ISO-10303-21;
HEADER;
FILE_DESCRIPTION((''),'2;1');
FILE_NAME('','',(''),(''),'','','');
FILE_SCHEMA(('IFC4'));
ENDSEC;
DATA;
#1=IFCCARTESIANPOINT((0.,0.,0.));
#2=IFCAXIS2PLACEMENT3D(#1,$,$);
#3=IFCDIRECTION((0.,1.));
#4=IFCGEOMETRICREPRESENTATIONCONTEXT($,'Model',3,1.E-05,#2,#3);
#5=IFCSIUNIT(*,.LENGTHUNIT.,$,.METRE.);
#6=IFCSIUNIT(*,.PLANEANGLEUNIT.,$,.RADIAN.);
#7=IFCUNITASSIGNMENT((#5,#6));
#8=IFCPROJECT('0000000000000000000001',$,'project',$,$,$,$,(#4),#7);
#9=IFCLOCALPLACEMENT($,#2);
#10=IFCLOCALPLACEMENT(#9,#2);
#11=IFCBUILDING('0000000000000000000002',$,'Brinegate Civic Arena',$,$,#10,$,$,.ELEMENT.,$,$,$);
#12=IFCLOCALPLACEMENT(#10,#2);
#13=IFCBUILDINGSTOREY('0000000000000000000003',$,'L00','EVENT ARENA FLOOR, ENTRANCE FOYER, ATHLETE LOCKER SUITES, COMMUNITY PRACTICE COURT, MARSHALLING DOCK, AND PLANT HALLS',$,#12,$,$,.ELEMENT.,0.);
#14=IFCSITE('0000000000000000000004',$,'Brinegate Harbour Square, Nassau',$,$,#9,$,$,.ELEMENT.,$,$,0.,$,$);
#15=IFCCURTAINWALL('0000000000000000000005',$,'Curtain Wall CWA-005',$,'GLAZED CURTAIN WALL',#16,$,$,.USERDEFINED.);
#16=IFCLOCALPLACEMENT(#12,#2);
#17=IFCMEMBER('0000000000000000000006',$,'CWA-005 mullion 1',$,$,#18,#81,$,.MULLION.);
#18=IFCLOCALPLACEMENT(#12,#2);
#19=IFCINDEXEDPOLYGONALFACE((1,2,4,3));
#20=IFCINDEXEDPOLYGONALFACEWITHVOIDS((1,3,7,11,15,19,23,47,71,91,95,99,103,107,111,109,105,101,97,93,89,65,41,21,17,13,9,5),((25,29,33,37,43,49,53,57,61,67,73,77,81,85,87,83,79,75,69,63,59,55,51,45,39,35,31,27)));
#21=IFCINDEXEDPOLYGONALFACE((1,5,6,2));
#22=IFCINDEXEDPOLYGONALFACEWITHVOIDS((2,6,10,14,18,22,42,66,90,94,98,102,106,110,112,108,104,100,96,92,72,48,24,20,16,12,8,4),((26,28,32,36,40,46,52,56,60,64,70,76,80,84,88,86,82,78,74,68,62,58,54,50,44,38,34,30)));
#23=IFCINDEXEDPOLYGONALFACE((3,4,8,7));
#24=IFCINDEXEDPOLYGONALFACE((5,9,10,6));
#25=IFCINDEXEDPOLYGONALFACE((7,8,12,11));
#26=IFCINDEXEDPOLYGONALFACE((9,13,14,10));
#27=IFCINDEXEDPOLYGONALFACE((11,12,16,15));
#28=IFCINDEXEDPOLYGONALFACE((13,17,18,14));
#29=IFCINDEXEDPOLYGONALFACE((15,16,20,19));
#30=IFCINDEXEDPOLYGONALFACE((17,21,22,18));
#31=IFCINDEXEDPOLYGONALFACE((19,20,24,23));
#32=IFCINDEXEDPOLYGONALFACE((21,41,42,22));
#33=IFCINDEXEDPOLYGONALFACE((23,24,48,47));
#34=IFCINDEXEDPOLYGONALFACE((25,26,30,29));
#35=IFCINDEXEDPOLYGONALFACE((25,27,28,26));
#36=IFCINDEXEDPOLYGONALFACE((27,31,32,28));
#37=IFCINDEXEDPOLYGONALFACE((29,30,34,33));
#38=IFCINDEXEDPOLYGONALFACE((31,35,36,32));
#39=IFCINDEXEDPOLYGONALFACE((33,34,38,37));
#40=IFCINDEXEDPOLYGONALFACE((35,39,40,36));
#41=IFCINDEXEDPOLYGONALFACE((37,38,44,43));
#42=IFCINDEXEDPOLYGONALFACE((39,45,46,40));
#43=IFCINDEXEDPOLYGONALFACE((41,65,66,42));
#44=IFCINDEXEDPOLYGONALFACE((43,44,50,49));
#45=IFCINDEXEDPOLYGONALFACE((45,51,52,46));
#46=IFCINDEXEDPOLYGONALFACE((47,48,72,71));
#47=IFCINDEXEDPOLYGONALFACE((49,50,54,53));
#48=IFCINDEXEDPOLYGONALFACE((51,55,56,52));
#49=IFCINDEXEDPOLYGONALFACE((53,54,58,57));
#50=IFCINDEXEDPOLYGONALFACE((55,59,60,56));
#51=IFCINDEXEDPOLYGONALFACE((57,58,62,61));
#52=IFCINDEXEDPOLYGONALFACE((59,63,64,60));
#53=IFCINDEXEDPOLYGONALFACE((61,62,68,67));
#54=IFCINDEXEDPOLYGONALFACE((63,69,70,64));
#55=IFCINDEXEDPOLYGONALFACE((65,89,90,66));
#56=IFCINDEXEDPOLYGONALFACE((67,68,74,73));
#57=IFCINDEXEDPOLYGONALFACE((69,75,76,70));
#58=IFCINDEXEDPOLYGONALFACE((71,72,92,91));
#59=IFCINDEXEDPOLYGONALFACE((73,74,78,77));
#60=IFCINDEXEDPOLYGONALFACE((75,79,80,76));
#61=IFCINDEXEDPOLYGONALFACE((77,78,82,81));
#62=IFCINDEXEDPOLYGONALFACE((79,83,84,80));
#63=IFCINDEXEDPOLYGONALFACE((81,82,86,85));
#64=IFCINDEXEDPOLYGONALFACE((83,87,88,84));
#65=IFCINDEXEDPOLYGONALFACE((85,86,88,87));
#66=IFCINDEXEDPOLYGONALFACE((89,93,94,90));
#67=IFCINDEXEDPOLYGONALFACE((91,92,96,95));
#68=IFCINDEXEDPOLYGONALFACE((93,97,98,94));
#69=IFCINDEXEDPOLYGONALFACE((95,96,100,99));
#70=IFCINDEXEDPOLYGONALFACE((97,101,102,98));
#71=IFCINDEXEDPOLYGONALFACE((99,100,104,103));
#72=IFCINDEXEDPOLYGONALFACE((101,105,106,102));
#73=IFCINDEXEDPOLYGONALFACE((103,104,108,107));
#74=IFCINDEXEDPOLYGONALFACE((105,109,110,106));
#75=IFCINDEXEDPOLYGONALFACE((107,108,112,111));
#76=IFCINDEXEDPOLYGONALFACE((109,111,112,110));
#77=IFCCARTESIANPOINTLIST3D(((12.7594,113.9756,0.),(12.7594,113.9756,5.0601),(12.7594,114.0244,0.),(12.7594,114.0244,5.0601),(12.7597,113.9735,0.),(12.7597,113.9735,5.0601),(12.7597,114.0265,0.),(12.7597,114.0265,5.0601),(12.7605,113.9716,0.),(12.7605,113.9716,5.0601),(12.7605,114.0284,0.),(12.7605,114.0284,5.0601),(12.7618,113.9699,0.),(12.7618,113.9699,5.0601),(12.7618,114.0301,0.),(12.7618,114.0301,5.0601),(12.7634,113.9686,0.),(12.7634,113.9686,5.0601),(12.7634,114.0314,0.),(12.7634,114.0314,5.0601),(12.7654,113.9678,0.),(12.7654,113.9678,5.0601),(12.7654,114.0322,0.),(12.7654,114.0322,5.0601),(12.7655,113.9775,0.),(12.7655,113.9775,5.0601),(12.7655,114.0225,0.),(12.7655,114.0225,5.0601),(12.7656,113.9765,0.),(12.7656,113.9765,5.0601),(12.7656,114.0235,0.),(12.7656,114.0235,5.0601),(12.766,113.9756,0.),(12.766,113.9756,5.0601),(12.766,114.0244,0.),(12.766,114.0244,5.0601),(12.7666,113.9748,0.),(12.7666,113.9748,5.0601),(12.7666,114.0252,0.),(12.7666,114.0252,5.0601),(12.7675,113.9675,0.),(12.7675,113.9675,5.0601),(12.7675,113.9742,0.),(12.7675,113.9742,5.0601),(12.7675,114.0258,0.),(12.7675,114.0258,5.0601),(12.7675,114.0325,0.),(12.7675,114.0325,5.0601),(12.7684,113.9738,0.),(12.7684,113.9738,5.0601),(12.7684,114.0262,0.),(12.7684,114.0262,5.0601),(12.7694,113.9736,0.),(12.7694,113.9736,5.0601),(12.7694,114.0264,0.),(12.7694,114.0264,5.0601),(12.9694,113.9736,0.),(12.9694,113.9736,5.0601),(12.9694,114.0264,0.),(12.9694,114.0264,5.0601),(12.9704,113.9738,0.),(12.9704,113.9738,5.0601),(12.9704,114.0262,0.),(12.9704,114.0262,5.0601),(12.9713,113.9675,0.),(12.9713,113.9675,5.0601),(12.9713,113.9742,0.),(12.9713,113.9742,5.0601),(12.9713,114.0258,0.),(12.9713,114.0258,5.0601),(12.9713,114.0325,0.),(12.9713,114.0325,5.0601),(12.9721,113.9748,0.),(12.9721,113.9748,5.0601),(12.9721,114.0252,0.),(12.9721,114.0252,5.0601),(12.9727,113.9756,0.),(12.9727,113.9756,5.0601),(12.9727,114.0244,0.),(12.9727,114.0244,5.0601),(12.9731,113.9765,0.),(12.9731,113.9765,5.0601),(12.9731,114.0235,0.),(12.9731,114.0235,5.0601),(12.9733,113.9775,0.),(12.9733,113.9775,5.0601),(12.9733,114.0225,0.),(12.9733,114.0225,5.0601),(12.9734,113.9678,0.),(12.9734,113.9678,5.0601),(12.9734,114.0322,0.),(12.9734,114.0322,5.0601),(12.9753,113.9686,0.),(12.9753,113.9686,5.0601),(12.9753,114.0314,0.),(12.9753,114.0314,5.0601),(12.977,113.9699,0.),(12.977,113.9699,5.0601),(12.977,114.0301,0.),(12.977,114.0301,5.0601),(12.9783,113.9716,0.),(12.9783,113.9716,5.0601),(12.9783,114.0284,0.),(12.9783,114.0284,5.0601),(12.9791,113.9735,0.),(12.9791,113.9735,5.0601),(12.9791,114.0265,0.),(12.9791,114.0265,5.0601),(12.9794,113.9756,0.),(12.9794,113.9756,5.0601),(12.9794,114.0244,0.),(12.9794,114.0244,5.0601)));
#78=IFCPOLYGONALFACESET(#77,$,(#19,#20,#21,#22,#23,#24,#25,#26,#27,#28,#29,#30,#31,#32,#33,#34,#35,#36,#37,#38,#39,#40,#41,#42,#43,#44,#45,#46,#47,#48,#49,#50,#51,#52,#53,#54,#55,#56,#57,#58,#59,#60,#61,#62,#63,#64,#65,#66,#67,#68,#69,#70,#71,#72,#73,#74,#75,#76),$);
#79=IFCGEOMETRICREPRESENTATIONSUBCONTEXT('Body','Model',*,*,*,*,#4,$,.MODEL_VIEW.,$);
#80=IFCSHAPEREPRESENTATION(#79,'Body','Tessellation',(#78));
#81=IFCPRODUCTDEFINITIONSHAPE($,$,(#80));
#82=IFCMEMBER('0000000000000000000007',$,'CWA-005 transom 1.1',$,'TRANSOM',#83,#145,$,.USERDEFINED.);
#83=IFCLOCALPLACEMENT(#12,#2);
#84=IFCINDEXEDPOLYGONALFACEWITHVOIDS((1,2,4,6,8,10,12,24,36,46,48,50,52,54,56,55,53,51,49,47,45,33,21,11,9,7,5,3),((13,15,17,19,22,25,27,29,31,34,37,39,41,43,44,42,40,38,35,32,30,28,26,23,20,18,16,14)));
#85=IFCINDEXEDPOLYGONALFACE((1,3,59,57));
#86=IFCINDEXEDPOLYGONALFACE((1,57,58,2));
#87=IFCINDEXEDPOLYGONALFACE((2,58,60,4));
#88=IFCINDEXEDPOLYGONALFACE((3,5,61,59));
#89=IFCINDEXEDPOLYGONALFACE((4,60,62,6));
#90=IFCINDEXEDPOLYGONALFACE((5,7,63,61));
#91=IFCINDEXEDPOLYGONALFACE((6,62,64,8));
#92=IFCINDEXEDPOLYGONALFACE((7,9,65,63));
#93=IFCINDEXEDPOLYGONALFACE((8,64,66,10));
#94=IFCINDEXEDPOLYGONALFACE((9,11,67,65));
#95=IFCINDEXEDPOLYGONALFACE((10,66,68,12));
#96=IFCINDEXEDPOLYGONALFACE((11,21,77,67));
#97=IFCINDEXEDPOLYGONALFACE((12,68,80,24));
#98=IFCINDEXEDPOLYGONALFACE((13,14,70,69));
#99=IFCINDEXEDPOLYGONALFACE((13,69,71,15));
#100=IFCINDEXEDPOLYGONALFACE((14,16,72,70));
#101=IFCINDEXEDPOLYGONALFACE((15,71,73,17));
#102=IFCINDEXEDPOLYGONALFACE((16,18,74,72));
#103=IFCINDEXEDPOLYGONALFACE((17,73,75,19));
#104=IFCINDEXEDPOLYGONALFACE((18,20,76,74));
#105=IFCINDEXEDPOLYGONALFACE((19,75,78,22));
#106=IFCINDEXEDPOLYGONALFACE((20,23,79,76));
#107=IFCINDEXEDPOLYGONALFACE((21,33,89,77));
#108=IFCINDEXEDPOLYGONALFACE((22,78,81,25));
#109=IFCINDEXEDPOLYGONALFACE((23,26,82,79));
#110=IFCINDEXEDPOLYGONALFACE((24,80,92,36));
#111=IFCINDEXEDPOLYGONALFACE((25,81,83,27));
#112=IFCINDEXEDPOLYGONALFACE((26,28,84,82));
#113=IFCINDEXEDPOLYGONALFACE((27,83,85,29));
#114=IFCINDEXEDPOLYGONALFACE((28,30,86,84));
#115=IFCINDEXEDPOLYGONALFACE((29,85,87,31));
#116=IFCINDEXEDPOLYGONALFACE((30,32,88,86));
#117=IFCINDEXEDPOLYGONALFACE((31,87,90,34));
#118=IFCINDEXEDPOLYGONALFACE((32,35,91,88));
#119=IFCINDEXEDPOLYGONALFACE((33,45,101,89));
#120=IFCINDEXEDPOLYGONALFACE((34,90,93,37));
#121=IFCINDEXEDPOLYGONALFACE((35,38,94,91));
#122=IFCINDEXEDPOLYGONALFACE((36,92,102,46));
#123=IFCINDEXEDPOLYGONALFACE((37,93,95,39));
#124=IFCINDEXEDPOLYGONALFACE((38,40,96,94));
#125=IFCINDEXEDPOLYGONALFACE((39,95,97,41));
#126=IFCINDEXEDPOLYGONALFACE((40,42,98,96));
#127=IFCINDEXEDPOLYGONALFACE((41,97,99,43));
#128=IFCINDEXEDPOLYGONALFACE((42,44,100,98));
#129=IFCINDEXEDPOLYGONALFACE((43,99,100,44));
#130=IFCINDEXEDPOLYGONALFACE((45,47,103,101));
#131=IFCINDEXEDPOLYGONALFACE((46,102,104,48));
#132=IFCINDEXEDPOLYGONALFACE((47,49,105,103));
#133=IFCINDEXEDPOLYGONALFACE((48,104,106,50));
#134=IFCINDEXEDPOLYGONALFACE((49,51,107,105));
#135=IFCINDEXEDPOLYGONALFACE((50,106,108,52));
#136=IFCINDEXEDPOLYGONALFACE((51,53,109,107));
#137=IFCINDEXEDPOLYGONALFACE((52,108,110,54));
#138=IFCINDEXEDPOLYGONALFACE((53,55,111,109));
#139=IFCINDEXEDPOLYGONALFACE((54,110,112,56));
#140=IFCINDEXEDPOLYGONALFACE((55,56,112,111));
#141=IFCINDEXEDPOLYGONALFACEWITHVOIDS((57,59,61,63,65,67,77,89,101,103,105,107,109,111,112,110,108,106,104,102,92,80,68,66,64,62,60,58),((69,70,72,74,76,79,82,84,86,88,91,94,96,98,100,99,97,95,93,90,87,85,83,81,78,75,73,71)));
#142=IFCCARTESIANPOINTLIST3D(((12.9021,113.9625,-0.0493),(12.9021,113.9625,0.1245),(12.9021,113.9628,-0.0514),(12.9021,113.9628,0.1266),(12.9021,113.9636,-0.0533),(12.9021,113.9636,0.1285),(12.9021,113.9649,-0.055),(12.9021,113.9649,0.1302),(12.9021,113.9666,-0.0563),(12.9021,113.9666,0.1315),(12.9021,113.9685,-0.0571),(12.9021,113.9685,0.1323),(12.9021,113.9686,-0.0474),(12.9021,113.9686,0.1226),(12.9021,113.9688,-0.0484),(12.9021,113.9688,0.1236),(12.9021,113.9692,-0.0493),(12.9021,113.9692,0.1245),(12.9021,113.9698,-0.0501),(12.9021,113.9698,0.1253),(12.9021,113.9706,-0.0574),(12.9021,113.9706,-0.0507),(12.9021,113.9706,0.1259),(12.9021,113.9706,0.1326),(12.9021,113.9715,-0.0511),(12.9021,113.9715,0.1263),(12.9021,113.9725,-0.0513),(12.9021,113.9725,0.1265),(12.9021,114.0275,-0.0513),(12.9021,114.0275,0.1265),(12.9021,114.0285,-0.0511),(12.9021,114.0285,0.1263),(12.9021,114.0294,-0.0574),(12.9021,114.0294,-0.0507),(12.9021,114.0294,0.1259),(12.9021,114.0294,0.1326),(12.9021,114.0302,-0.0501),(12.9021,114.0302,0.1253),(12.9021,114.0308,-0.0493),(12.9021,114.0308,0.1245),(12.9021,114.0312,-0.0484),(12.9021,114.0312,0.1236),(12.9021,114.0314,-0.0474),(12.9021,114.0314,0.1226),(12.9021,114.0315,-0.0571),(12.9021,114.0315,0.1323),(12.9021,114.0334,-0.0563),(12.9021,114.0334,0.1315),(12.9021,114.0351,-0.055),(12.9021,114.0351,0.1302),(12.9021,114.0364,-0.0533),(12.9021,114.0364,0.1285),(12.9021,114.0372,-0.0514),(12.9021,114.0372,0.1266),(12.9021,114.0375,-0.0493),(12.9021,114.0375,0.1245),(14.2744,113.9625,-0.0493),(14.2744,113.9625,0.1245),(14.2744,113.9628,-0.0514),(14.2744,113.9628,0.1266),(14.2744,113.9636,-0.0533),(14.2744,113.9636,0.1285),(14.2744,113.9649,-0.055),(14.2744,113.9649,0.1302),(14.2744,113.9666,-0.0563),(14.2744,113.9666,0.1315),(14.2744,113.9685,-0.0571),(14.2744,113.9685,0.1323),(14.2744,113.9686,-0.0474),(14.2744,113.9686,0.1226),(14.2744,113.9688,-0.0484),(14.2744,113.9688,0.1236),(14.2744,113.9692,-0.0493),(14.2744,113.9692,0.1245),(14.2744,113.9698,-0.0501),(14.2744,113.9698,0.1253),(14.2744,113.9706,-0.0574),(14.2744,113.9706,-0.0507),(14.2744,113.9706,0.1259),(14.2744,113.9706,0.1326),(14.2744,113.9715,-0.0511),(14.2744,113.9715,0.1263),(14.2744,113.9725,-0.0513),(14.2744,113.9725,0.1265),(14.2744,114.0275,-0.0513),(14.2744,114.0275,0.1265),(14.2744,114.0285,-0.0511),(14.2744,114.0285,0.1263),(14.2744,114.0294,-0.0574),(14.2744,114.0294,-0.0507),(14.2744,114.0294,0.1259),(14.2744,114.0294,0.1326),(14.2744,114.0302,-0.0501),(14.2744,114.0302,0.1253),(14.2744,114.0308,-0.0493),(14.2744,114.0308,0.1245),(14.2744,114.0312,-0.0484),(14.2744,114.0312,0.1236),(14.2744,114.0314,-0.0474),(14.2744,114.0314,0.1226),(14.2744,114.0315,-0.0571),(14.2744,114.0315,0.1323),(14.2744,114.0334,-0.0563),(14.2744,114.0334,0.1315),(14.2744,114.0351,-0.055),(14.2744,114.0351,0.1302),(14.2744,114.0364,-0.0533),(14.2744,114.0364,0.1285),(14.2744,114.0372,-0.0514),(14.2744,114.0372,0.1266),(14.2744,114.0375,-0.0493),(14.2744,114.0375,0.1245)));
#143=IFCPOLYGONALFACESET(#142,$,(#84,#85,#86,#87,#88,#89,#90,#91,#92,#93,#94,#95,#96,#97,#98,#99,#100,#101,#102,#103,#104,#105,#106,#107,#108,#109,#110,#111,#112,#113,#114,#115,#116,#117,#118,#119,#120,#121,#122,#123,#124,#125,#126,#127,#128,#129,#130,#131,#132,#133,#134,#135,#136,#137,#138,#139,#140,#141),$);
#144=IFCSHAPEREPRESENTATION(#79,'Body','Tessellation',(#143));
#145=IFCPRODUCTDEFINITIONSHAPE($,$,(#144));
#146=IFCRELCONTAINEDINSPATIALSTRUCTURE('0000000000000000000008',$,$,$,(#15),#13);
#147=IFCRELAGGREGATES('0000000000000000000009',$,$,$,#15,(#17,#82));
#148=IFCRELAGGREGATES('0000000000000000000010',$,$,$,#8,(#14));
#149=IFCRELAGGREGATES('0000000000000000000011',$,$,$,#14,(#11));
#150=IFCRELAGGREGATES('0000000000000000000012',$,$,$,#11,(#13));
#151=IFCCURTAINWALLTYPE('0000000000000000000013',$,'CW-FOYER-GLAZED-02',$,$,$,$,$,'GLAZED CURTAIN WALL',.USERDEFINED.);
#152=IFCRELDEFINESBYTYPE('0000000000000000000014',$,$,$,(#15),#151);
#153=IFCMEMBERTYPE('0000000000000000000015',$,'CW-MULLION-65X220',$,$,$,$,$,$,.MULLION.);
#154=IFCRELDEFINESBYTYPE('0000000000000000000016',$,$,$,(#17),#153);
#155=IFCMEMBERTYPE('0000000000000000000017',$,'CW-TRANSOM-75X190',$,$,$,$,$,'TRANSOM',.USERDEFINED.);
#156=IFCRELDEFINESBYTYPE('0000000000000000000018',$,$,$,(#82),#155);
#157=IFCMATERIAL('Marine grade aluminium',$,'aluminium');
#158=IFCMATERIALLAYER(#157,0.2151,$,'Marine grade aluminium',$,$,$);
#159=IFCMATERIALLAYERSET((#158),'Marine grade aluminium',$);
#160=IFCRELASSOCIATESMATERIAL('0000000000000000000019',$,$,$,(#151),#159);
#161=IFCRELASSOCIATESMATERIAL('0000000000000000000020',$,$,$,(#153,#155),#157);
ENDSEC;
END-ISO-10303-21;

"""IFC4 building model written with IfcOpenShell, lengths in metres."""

from ifc_helpers import new_model, si_unit, direction, frame, origin, origin_2d, place, context, subcontext, project, spatial, hollow_rectangle, extrude, material, layer, layer_set, material_profile, profile_set, type_object, element, aggregate, save


model = new_model("IFC4")

# Units and contexts
model_context = context("Model", 3, precision=1e-05, world=origin(), true_north=direction((0.0, 1.0)))
body_context = subcontext(model_context, "Body", "Model", "MODEL_VIEW")
ifc_project = project(units=[si_unit("LENGTHUNIT", "METRE"), si_unit("PLANEANGLEUNIT", "RADIAN")], contexts=[model_context])

# Site, building, storey
site_placement = place(None, origin())
site = spatial("IfcSite", under=ifc_project, at=site_placement, Name="Brinegate Harbour Square, Nassau", CompositionType="ELEMENT", RefElevation=0.0)
building_placement = place(site_placement, origin())
building = spatial("IfcBuilding", under=site, at=building_placement, Name="Brinegate Civic Arena", CompositionType="ELEMENT")
storey_placement = place(building_placement, origin())
storey = spatial("IfcBuildingStorey", under=building, at=storey_placement, Name="L00", Description="EVENT ARENA FLOOR, ENTRANCE FOYER, ATHLETE LOCKER SUITES, COMMUNITY PRACTICE COURT, MARSHALLING DOCK, AND PLANT HALLS", CompositionType="ELEMENT", Elevation=0.0)

# Curtain wall, members
ifc_material_1 = material(Name="Marine grade aluminium", Category="aluminium")
ifc_layer_1 = layer(ifc_material_1, 0.2151, Name="Marine grade aluminium")
ifc_layer_set_1 = layer_set([ifc_layer_1], Name="Marine grade aluminium")
curtain_wall_type = type_object("IfcCurtainWallType", Name="CW-FOYER-GLAZED-02", ElementType="GLAZED CURTAIN WALL", PredefinedType="USERDEFINED", material=ifc_layer_set_1)
curtain_wall_placement = place(storey_placement, origin())
curtain_wall = element("IfcCurtainWall", 1, at=curtain_wall_placement, inside=storey, type_object=curtain_wall_type, Name="Curtain Wall CWA-005", ObjectType="GLAZED CURTAIN WALL", PredefinedType="USERDEFINED")
ifc_material_profile_1 = material_profile(ifc_material_1, hollow_rectangle(XDim=0.0649, YDim=0.22, WallThickness=0.0061, InnerFilletRadius=0.0039, OuterFilletRadius=0.0081, at=origin_2d()), Name="MUL65X220")
ifc_profile_set_1 = profile_set([ifc_material_profile_1], Name="Marine grade aluminium")
member_type_1 = type_object("IfcMemberType", Name="CW-MULLION-65X220", PredefinedType="MULLION", material=ifc_profile_set_1)
member_1_placement = place(storey_placement, frame((12.8694, 114.0, 0.0), z_axis=(0.0, 0.0, 1.0), x_axis=(0.0, 1.0, 0.0)))
member_1 = element("IfcMember", 2, at=member_1_placement, type_object=member_type_1, Name="CWA-005 mullion 1", PredefinedType="MULLION", context=body_context, shape_type="SweptSolid", body=[
    extrude(hollow_rectangle(XDim=0.0649, YDim=0.22, WallThickness=0.0061, InnerFilletRadius=0.0039, OuterFilletRadius=0.0081, at=origin_2d()), origin(), (0.0, 0.0, 1.0), 5.0601),
])
ifc_material_profile_2 = material_profile(ifc_material_1, hollow_rectangle(XDim=0.075, YDim=0.1899, WallThickness=0.0061, InnerFilletRadius=0.0039, OuterFilletRadius=0.0081, at=origin_2d()), Name="TRN75X190")
ifc_profile_set_2 = profile_set([ifc_material_profile_2], Name="Marine grade aluminium")
member_type_2 = type_object("IfcMemberType", Name="CW-TRANSOM-75X190", ElementType="TRANSOM", PredefinedType="USERDEFINED", material=ifc_profile_set_2)
member_2_placement = place(storey_placement, frame((12.9021, 114.0, 0.0376), z_axis=(1.0, 0.0, 0.0), x_axis=(0.0, 1.0, 0.0)))
member_2 = element("IfcMember", 3, at=member_2_placement, type_object=member_type_2, Name="CWA-005 transom 1.1", ObjectType="TRANSOM", PredefinedType="USERDEFINED", context=body_context, shape_type="SweptSolid", body=[
    extrude(hollow_rectangle(XDim=0.075, YDim=0.1899, WallThickness=0.0061, InnerFilletRadius=0.0039, OuterFilletRadius=0.0081, at=origin_2d()), origin(), (0.0, 0.0, 1.0), 1.3723),
])
aggregate(curtain_wall, [member_1, member_2])

save(model, "model.ifc")
